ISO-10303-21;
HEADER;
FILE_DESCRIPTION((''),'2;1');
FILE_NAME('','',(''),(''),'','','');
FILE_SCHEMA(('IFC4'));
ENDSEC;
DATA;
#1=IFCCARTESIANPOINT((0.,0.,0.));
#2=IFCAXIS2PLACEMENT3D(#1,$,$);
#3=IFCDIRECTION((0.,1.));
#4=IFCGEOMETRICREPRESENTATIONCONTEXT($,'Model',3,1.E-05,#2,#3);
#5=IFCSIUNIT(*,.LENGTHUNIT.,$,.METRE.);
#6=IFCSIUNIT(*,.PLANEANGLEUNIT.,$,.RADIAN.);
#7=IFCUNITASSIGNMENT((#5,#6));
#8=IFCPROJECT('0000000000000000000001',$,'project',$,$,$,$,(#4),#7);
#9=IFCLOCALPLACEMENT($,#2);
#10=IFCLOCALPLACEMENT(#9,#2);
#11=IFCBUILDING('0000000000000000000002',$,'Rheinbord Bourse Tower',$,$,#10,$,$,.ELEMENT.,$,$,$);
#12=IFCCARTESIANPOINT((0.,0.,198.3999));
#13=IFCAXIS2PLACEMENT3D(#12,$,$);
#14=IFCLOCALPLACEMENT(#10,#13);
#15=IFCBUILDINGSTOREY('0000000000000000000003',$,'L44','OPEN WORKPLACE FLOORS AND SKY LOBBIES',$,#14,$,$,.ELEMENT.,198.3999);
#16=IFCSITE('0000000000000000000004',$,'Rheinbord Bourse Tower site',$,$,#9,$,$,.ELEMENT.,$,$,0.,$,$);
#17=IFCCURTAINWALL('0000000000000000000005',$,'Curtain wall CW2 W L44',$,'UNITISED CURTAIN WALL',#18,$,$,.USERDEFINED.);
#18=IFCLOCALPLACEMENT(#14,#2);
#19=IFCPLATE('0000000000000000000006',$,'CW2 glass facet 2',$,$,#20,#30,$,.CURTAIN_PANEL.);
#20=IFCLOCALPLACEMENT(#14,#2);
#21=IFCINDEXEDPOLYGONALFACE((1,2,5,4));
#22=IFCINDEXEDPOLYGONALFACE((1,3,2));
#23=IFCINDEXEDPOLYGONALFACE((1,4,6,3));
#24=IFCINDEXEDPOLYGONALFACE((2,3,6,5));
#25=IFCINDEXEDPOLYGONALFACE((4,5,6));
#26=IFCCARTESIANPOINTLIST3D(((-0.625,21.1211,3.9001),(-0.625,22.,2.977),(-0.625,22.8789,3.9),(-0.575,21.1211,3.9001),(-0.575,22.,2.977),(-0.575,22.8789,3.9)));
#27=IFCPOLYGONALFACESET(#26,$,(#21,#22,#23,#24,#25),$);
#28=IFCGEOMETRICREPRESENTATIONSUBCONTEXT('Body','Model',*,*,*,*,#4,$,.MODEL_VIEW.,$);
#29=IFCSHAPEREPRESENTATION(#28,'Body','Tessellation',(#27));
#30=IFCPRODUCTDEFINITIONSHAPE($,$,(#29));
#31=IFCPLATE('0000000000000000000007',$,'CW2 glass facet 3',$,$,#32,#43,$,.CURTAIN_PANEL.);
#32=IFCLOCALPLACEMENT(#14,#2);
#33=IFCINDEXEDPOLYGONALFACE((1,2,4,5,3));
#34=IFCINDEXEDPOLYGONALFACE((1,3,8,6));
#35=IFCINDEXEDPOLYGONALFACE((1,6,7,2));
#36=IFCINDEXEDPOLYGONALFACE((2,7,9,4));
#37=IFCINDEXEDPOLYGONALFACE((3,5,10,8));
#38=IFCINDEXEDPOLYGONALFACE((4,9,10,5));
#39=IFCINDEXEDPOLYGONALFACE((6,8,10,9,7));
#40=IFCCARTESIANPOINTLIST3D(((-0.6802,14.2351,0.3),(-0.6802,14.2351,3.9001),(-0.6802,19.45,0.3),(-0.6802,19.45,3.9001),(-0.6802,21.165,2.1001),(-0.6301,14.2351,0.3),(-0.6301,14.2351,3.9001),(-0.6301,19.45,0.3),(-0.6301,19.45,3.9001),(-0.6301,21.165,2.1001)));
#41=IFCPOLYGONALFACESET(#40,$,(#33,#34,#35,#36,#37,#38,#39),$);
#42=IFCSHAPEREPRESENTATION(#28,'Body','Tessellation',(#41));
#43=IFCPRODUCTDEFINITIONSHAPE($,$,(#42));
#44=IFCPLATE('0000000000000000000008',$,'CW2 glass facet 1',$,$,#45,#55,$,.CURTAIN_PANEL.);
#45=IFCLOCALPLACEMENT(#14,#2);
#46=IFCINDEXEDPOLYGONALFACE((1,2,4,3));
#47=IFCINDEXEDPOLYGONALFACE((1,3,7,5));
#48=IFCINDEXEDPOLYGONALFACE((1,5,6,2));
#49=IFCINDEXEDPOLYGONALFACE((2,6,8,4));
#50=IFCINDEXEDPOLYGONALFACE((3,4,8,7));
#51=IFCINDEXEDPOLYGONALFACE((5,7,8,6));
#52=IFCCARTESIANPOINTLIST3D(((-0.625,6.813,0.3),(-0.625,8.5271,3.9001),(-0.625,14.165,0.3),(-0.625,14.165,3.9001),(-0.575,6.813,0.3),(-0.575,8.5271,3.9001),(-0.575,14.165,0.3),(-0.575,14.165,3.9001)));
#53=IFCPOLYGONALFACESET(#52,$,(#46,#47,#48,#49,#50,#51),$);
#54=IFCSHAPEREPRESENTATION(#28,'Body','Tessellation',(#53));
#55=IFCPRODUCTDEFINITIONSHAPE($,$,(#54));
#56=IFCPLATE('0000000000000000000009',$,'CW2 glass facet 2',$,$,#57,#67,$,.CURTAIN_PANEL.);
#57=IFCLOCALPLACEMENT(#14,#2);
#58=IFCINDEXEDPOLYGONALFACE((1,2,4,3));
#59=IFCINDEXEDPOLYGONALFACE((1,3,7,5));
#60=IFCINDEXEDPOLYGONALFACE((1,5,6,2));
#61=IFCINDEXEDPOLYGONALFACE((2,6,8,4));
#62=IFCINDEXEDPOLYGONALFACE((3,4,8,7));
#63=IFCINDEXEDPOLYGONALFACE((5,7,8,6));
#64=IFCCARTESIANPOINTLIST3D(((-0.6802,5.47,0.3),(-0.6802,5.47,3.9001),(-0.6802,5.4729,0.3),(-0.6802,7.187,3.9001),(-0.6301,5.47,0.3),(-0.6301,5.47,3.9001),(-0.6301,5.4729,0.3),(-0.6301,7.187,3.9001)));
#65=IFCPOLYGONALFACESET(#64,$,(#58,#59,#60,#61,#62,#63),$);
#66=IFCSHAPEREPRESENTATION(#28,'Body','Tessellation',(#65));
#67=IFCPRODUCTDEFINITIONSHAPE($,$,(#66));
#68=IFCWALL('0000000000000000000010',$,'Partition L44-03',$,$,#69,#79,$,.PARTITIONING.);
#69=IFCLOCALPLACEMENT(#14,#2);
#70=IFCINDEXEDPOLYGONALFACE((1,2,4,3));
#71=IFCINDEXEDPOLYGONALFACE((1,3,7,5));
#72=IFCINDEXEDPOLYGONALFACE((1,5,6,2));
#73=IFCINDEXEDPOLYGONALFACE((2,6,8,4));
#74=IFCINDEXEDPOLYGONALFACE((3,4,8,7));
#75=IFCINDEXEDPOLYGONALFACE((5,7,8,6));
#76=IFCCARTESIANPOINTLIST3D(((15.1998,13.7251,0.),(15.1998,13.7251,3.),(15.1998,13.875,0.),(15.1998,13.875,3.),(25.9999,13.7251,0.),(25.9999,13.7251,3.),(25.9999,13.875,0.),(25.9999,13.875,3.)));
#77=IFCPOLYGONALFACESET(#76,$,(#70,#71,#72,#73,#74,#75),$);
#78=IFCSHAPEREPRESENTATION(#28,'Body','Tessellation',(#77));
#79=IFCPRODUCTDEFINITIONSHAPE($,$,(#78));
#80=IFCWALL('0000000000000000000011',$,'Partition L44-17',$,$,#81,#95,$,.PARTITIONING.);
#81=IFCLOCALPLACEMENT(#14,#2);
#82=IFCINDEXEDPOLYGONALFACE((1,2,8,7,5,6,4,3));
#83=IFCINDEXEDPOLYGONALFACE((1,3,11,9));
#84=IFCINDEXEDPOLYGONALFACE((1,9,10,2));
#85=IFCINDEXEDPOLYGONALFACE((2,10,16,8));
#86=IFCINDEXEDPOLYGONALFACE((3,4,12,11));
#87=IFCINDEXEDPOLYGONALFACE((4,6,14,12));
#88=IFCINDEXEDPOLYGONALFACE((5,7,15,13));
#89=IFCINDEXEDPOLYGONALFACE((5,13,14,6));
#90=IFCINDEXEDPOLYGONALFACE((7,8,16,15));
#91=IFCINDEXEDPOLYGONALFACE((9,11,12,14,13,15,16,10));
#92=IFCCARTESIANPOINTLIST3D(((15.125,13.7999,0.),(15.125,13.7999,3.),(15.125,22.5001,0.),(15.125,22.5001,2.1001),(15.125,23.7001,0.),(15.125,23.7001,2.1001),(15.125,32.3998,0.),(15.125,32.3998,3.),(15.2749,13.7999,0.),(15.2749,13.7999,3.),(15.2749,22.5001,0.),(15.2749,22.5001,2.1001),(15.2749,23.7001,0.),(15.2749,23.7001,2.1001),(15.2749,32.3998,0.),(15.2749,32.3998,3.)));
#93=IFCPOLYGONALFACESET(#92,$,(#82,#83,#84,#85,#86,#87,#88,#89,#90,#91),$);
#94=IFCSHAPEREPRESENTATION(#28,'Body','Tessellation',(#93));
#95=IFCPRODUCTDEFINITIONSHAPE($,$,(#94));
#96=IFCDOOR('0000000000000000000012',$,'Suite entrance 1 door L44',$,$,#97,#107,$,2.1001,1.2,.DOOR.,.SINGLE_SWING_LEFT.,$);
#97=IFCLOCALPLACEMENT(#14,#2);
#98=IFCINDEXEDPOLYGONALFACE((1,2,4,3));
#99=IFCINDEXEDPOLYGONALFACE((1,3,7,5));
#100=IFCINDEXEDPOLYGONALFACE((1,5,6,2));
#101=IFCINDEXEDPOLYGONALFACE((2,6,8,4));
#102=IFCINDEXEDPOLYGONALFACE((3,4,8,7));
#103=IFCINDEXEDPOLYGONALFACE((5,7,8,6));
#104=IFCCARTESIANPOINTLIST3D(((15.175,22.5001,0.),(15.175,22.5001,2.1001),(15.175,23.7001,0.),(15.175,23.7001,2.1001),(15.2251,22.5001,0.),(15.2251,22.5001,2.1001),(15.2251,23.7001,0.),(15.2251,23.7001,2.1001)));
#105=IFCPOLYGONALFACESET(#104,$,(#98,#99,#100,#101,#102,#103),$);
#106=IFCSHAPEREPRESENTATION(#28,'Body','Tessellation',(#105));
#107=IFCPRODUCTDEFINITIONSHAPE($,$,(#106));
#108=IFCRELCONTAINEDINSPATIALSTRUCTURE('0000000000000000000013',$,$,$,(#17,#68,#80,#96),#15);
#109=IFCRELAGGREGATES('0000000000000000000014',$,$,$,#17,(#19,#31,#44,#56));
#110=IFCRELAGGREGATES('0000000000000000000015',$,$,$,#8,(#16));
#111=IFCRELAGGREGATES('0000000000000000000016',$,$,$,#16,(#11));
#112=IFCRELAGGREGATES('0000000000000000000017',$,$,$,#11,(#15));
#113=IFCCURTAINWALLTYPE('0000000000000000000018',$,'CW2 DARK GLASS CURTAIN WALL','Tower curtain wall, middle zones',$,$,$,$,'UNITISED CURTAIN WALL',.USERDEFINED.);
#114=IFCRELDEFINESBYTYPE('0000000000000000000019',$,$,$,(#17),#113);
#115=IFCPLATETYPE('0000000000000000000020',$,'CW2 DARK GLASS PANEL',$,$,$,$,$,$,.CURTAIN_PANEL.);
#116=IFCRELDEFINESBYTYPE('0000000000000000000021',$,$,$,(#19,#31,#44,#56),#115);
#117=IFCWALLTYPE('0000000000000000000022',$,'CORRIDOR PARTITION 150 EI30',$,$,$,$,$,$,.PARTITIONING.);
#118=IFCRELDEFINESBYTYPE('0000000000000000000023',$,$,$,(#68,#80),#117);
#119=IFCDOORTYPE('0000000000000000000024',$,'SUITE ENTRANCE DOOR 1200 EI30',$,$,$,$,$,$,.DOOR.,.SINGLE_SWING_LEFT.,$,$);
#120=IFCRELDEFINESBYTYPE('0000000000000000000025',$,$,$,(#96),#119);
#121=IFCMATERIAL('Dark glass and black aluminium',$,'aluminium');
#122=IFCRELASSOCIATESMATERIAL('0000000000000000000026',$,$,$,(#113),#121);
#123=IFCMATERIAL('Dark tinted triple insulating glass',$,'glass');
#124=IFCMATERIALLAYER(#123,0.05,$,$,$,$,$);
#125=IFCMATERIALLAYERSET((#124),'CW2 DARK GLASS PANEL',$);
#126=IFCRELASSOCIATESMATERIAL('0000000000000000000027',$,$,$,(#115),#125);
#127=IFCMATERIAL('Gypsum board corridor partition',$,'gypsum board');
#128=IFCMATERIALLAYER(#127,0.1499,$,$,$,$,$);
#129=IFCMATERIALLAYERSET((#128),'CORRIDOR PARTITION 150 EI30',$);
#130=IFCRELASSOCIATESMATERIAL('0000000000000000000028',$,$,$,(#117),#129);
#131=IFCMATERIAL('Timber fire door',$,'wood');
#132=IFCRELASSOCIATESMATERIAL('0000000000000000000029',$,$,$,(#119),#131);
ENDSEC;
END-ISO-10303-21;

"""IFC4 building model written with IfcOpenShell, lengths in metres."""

from ifc_helpers import new_model, si_unit, direction, frame, frame_2d, origin, place, context, subcontext, project, spatial, polyline, rectangle, outline, extrude, material, layer, layer_set, type_object, element, fill, aggregate, save


model = new_model("IFC4")

# Units and contexts
model_context = context("Model", 3, precision=1e-05, world=origin(), true_north=direction((0.0, 1.0)))
body_context = subcontext(model_context, "Body", "Model", "MODEL_VIEW")
ifc_project = project(units=[si_unit("LENGTHUNIT", "METRE"), si_unit("PLANEANGLEUNIT", "RADIAN")], contexts=[model_context])

# Site, building, storey
site_placement = place(None, origin())
site = spatial("IfcSite", under=ifc_project, at=site_placement, Name="Rheinbord Bourse Tower site", CompositionType="ELEMENT", RefElevation=0.0)
building_placement = place(site_placement, origin())
building = spatial("IfcBuilding", under=site, at=building_placement, Name="Rheinbord Bourse Tower", CompositionType="ELEMENT")
storey_placement = place(building_placement, frame((0.0, 0.0, 198.3999)))
storey = spatial("IfcBuildingStorey", under=building, at=storey_placement, Name="L44", Description="OPEN WORKPLACE FLOORS AND SKY LOBBIES", CompositionType="ELEMENT", Elevation=198.3999)

# Curtain wall
ifc_material_1 = material(Name="Dark glass and black aluminium", Category="aluminium")
curtain_wall_type = type_object("IfcCurtainWallType", Name="CW2 DARK GLASS CURTAIN WALL", Description="Tower curtain wall, middle zones", ElementType="UNITISED CURTAIN WALL", PredefinedType="USERDEFINED", material=ifc_material_1)
curtain_wall_placement = place(storey_placement, origin())
curtain_wall = element("IfcCurtainWall", 1, at=curtain_wall_placement, inside=storey, type_object=curtain_wall_type, Name="Curtain wall CW2 W L44", ObjectType="UNITISED CURTAIN WALL", PredefinedType="USERDEFINED")

# Plates
ifc_material_2 = material(Name="Dark tinted triple insulating glass", Category="glass")
ifc_layer_1 = layer(ifc_material_2, 0.05)
ifc_layer_set_1 = layer_set([ifc_layer_1], Name="CW2 DARK GLASS PANEL")
plate_type = type_object("IfcPlateType", Name="CW2 DARK GLASS PANEL", PredefinedType="CURTAIN_PANEL", material=ifc_layer_set_1)
plate_1_placement = place(storey_placement, frame((-0.625, 21.1211, 3.9001), z_axis=(1.0, 0.0, 0.0), x_axis=(0.0, 0.68956, -0.724229)))
plate_1 = element("IfcPlate", 2, at=plate_1_placement, type_object=plate_type, Name="CW2 glass facet 2", PredefinedType="CURTAIN_PANEL", context=body_context, shape_type="SweptSolid", body=[
    extrude(outline(polyline([(0.0, 0.0), (1.2747, 0.0), (1.2122, 1.2729), (0.0, 0.0)])), origin(), (0.0, 0.0, 1.0), 0.05),
])
plate_2_placement = place(storey_placement, frame((-0.6802, 14.2351, 3.9001), z_axis=(1.0, 0.0, 0.0), x_axis=(0.0, 0.0, -1.0)))
plate_2 = element("IfcPlate", 3, at=plate_2_placement, type_object=plate_type, Name="CW2 glass facet 3", PredefinedType="CURTAIN_PANEL", context=body_context, shape_type="SweptSolid", body=[
    extrude(outline(polyline([(0.0, 0.0), (3.6001, 0.0), (3.6001, 5.2148), (1.8, 6.9299), (0.0, 5.2148), (0.0, 0.0)])), origin(), (0.0, 0.0, 1.0), 0.05),
])
plate_3_placement = place(storey_placement, frame((-0.625, 14.165, 0.3), z_axis=(1.0, 0.0, 0.0), x_axis=(0.0, 0.0, 1.0)))
plate_3 = element("IfcPlate", 4, at=plate_3_placement, type_object=plate_type, Name="CW2 glass facet 1", PredefinedType="CURTAIN_PANEL", context=body_context, shape_type="SweptSolid", body=[
    extrude(outline(polyline([(0.0, 0.0), (3.6001, 0.0), (3.6001, 5.6379), (0.0, 7.3521), (0.0, 0.0)])), origin(), (0.0, 0.0, 1.0), 0.05),
])
plate_4_placement = place(storey_placement, frame((-0.6802, 5.47, 3.9001), z_axis=(1.0, 0.0, 0.0), x_axis=(0.0, 0.0, -1.0)))
plate_4 = element("IfcPlate", 5, at=plate_4_placement, type_object=plate_type, Name="CW2 glass facet 2", PredefinedType="CURTAIN_PANEL", context=body_context, shape_type="SweptSolid", body=[
    extrude(outline(polyline([(0.0, 0.0), (3.6001, 0.0), (3.6001, 0.0029), (0.0, 1.717), (0.0, 0.0)])), origin(), (0.0, 0.0, 1.0), 0.05),
])
aggregate(curtain_wall, [plate_1, plate_2, plate_3, plate_4])

# Wall
ifc_material_3 = material(Name="Gypsum board corridor partition", Category="gypsum board")
ifc_layer_2 = layer(ifc_material_3, 0.1499)
ifc_layer_set_2 = layer_set([ifc_layer_2], Name="CORRIDOR PARTITION 150 EI30")
wall_type = type_object("IfcWallType", Name="CORRIDOR PARTITION 150 EI30", PredefinedType="PARTITIONING", material=ifc_layer_set_2)
wall_1_placement = place(storey_placement, frame((15.2, 13.8, 0.0), z_axis=(0.0, 0.0, 1.0), x_axis=(1.0, 0.0, 0.0)))
element("IfcWall", 6, at=wall_1_placement, inside=storey, type_object=wall_type, Name="Partition L44-03", PredefinedType="PARTITIONING", context=body_context, shape_type="SweptSolid", body=[
    extrude(rectangle(XDim=10.8, YDim=0.1499, at=frame_2d((5.3999, 0.0))), origin(), (0.0, 0.0, 1.0), 3.0),
])

# Wall, opening, door
wall_2_placement = place(storey_placement, frame((15.2, 13.8, 0.0), z_axis=(0.0, 0.0, 1.0), x_axis=(0.0, 1.0, 0.0)))
wall_2 = element("IfcWall", 7, at=wall_2_placement, inside=storey, type_object=wall_type, Name="Partition L44-17", PredefinedType="PARTITIONING", context=body_context, shape_type="SweptSolid", body=[
    extrude(rectangle(XDim=18.5999, YDim=0.1499, at=frame_2d((9.2998, 0.0))), origin(), (0.0, 0.0, 1.0), 3.0),
])
opening_placement = place(wall_2_placement, frame((8.7, 0.0, 0.0)))
opening = element("IfcOpeningElement", 8, at=opening_placement, cuts=wall_2, PredefinedType="OPENING", context=body_context, shape_type="SweptSolid", body=[
    extrude(rectangle(XDim=1.2, YDim=2.1001, at=frame_2d((0.6001, 1.05))), frame((0.0, 0.085, 0.0), z_axis=(0.0, -1.0, 0.0), x_axis=(1.0, 0.0, 0.0)), (0.0, 0.0, 1.0), 0.1699),
])
ifc_material_4 = material(Name="Timber fire door", Category="wood")
door_type = type_object("IfcDoorType", Name="SUITE ENTRANCE DOOR 1200 EI30", OperationType="SINGLE_SWING_LEFT", PredefinedType="DOOR", material=ifc_material_4)
door_placement = place(opening_placement, origin())
door = element("IfcDoor", 9, at=door_placement, inside=storey, type_object=door_type, Name="Suite entrance 1 door L44", OperationType="SINGLE_SWING_LEFT", OverallHeight=2.1001, OverallWidth=1.2, PredefinedType="DOOR", context=body_context, shape_type="SweptSolid", body=[
    extrude(rectangle(XDim=1.2, YDim=2.1001, at=frame_2d((0.6001, 1.05))), frame((0.0, 0.0249, 0.0), z_axis=(0.0, -1.0, 0.0), x_axis=(1.0, 0.0, 0.0)), (0.0, 0.0, 1.0), 0.05),
])
fill(opening, door)

save(model, "model.ifc")
